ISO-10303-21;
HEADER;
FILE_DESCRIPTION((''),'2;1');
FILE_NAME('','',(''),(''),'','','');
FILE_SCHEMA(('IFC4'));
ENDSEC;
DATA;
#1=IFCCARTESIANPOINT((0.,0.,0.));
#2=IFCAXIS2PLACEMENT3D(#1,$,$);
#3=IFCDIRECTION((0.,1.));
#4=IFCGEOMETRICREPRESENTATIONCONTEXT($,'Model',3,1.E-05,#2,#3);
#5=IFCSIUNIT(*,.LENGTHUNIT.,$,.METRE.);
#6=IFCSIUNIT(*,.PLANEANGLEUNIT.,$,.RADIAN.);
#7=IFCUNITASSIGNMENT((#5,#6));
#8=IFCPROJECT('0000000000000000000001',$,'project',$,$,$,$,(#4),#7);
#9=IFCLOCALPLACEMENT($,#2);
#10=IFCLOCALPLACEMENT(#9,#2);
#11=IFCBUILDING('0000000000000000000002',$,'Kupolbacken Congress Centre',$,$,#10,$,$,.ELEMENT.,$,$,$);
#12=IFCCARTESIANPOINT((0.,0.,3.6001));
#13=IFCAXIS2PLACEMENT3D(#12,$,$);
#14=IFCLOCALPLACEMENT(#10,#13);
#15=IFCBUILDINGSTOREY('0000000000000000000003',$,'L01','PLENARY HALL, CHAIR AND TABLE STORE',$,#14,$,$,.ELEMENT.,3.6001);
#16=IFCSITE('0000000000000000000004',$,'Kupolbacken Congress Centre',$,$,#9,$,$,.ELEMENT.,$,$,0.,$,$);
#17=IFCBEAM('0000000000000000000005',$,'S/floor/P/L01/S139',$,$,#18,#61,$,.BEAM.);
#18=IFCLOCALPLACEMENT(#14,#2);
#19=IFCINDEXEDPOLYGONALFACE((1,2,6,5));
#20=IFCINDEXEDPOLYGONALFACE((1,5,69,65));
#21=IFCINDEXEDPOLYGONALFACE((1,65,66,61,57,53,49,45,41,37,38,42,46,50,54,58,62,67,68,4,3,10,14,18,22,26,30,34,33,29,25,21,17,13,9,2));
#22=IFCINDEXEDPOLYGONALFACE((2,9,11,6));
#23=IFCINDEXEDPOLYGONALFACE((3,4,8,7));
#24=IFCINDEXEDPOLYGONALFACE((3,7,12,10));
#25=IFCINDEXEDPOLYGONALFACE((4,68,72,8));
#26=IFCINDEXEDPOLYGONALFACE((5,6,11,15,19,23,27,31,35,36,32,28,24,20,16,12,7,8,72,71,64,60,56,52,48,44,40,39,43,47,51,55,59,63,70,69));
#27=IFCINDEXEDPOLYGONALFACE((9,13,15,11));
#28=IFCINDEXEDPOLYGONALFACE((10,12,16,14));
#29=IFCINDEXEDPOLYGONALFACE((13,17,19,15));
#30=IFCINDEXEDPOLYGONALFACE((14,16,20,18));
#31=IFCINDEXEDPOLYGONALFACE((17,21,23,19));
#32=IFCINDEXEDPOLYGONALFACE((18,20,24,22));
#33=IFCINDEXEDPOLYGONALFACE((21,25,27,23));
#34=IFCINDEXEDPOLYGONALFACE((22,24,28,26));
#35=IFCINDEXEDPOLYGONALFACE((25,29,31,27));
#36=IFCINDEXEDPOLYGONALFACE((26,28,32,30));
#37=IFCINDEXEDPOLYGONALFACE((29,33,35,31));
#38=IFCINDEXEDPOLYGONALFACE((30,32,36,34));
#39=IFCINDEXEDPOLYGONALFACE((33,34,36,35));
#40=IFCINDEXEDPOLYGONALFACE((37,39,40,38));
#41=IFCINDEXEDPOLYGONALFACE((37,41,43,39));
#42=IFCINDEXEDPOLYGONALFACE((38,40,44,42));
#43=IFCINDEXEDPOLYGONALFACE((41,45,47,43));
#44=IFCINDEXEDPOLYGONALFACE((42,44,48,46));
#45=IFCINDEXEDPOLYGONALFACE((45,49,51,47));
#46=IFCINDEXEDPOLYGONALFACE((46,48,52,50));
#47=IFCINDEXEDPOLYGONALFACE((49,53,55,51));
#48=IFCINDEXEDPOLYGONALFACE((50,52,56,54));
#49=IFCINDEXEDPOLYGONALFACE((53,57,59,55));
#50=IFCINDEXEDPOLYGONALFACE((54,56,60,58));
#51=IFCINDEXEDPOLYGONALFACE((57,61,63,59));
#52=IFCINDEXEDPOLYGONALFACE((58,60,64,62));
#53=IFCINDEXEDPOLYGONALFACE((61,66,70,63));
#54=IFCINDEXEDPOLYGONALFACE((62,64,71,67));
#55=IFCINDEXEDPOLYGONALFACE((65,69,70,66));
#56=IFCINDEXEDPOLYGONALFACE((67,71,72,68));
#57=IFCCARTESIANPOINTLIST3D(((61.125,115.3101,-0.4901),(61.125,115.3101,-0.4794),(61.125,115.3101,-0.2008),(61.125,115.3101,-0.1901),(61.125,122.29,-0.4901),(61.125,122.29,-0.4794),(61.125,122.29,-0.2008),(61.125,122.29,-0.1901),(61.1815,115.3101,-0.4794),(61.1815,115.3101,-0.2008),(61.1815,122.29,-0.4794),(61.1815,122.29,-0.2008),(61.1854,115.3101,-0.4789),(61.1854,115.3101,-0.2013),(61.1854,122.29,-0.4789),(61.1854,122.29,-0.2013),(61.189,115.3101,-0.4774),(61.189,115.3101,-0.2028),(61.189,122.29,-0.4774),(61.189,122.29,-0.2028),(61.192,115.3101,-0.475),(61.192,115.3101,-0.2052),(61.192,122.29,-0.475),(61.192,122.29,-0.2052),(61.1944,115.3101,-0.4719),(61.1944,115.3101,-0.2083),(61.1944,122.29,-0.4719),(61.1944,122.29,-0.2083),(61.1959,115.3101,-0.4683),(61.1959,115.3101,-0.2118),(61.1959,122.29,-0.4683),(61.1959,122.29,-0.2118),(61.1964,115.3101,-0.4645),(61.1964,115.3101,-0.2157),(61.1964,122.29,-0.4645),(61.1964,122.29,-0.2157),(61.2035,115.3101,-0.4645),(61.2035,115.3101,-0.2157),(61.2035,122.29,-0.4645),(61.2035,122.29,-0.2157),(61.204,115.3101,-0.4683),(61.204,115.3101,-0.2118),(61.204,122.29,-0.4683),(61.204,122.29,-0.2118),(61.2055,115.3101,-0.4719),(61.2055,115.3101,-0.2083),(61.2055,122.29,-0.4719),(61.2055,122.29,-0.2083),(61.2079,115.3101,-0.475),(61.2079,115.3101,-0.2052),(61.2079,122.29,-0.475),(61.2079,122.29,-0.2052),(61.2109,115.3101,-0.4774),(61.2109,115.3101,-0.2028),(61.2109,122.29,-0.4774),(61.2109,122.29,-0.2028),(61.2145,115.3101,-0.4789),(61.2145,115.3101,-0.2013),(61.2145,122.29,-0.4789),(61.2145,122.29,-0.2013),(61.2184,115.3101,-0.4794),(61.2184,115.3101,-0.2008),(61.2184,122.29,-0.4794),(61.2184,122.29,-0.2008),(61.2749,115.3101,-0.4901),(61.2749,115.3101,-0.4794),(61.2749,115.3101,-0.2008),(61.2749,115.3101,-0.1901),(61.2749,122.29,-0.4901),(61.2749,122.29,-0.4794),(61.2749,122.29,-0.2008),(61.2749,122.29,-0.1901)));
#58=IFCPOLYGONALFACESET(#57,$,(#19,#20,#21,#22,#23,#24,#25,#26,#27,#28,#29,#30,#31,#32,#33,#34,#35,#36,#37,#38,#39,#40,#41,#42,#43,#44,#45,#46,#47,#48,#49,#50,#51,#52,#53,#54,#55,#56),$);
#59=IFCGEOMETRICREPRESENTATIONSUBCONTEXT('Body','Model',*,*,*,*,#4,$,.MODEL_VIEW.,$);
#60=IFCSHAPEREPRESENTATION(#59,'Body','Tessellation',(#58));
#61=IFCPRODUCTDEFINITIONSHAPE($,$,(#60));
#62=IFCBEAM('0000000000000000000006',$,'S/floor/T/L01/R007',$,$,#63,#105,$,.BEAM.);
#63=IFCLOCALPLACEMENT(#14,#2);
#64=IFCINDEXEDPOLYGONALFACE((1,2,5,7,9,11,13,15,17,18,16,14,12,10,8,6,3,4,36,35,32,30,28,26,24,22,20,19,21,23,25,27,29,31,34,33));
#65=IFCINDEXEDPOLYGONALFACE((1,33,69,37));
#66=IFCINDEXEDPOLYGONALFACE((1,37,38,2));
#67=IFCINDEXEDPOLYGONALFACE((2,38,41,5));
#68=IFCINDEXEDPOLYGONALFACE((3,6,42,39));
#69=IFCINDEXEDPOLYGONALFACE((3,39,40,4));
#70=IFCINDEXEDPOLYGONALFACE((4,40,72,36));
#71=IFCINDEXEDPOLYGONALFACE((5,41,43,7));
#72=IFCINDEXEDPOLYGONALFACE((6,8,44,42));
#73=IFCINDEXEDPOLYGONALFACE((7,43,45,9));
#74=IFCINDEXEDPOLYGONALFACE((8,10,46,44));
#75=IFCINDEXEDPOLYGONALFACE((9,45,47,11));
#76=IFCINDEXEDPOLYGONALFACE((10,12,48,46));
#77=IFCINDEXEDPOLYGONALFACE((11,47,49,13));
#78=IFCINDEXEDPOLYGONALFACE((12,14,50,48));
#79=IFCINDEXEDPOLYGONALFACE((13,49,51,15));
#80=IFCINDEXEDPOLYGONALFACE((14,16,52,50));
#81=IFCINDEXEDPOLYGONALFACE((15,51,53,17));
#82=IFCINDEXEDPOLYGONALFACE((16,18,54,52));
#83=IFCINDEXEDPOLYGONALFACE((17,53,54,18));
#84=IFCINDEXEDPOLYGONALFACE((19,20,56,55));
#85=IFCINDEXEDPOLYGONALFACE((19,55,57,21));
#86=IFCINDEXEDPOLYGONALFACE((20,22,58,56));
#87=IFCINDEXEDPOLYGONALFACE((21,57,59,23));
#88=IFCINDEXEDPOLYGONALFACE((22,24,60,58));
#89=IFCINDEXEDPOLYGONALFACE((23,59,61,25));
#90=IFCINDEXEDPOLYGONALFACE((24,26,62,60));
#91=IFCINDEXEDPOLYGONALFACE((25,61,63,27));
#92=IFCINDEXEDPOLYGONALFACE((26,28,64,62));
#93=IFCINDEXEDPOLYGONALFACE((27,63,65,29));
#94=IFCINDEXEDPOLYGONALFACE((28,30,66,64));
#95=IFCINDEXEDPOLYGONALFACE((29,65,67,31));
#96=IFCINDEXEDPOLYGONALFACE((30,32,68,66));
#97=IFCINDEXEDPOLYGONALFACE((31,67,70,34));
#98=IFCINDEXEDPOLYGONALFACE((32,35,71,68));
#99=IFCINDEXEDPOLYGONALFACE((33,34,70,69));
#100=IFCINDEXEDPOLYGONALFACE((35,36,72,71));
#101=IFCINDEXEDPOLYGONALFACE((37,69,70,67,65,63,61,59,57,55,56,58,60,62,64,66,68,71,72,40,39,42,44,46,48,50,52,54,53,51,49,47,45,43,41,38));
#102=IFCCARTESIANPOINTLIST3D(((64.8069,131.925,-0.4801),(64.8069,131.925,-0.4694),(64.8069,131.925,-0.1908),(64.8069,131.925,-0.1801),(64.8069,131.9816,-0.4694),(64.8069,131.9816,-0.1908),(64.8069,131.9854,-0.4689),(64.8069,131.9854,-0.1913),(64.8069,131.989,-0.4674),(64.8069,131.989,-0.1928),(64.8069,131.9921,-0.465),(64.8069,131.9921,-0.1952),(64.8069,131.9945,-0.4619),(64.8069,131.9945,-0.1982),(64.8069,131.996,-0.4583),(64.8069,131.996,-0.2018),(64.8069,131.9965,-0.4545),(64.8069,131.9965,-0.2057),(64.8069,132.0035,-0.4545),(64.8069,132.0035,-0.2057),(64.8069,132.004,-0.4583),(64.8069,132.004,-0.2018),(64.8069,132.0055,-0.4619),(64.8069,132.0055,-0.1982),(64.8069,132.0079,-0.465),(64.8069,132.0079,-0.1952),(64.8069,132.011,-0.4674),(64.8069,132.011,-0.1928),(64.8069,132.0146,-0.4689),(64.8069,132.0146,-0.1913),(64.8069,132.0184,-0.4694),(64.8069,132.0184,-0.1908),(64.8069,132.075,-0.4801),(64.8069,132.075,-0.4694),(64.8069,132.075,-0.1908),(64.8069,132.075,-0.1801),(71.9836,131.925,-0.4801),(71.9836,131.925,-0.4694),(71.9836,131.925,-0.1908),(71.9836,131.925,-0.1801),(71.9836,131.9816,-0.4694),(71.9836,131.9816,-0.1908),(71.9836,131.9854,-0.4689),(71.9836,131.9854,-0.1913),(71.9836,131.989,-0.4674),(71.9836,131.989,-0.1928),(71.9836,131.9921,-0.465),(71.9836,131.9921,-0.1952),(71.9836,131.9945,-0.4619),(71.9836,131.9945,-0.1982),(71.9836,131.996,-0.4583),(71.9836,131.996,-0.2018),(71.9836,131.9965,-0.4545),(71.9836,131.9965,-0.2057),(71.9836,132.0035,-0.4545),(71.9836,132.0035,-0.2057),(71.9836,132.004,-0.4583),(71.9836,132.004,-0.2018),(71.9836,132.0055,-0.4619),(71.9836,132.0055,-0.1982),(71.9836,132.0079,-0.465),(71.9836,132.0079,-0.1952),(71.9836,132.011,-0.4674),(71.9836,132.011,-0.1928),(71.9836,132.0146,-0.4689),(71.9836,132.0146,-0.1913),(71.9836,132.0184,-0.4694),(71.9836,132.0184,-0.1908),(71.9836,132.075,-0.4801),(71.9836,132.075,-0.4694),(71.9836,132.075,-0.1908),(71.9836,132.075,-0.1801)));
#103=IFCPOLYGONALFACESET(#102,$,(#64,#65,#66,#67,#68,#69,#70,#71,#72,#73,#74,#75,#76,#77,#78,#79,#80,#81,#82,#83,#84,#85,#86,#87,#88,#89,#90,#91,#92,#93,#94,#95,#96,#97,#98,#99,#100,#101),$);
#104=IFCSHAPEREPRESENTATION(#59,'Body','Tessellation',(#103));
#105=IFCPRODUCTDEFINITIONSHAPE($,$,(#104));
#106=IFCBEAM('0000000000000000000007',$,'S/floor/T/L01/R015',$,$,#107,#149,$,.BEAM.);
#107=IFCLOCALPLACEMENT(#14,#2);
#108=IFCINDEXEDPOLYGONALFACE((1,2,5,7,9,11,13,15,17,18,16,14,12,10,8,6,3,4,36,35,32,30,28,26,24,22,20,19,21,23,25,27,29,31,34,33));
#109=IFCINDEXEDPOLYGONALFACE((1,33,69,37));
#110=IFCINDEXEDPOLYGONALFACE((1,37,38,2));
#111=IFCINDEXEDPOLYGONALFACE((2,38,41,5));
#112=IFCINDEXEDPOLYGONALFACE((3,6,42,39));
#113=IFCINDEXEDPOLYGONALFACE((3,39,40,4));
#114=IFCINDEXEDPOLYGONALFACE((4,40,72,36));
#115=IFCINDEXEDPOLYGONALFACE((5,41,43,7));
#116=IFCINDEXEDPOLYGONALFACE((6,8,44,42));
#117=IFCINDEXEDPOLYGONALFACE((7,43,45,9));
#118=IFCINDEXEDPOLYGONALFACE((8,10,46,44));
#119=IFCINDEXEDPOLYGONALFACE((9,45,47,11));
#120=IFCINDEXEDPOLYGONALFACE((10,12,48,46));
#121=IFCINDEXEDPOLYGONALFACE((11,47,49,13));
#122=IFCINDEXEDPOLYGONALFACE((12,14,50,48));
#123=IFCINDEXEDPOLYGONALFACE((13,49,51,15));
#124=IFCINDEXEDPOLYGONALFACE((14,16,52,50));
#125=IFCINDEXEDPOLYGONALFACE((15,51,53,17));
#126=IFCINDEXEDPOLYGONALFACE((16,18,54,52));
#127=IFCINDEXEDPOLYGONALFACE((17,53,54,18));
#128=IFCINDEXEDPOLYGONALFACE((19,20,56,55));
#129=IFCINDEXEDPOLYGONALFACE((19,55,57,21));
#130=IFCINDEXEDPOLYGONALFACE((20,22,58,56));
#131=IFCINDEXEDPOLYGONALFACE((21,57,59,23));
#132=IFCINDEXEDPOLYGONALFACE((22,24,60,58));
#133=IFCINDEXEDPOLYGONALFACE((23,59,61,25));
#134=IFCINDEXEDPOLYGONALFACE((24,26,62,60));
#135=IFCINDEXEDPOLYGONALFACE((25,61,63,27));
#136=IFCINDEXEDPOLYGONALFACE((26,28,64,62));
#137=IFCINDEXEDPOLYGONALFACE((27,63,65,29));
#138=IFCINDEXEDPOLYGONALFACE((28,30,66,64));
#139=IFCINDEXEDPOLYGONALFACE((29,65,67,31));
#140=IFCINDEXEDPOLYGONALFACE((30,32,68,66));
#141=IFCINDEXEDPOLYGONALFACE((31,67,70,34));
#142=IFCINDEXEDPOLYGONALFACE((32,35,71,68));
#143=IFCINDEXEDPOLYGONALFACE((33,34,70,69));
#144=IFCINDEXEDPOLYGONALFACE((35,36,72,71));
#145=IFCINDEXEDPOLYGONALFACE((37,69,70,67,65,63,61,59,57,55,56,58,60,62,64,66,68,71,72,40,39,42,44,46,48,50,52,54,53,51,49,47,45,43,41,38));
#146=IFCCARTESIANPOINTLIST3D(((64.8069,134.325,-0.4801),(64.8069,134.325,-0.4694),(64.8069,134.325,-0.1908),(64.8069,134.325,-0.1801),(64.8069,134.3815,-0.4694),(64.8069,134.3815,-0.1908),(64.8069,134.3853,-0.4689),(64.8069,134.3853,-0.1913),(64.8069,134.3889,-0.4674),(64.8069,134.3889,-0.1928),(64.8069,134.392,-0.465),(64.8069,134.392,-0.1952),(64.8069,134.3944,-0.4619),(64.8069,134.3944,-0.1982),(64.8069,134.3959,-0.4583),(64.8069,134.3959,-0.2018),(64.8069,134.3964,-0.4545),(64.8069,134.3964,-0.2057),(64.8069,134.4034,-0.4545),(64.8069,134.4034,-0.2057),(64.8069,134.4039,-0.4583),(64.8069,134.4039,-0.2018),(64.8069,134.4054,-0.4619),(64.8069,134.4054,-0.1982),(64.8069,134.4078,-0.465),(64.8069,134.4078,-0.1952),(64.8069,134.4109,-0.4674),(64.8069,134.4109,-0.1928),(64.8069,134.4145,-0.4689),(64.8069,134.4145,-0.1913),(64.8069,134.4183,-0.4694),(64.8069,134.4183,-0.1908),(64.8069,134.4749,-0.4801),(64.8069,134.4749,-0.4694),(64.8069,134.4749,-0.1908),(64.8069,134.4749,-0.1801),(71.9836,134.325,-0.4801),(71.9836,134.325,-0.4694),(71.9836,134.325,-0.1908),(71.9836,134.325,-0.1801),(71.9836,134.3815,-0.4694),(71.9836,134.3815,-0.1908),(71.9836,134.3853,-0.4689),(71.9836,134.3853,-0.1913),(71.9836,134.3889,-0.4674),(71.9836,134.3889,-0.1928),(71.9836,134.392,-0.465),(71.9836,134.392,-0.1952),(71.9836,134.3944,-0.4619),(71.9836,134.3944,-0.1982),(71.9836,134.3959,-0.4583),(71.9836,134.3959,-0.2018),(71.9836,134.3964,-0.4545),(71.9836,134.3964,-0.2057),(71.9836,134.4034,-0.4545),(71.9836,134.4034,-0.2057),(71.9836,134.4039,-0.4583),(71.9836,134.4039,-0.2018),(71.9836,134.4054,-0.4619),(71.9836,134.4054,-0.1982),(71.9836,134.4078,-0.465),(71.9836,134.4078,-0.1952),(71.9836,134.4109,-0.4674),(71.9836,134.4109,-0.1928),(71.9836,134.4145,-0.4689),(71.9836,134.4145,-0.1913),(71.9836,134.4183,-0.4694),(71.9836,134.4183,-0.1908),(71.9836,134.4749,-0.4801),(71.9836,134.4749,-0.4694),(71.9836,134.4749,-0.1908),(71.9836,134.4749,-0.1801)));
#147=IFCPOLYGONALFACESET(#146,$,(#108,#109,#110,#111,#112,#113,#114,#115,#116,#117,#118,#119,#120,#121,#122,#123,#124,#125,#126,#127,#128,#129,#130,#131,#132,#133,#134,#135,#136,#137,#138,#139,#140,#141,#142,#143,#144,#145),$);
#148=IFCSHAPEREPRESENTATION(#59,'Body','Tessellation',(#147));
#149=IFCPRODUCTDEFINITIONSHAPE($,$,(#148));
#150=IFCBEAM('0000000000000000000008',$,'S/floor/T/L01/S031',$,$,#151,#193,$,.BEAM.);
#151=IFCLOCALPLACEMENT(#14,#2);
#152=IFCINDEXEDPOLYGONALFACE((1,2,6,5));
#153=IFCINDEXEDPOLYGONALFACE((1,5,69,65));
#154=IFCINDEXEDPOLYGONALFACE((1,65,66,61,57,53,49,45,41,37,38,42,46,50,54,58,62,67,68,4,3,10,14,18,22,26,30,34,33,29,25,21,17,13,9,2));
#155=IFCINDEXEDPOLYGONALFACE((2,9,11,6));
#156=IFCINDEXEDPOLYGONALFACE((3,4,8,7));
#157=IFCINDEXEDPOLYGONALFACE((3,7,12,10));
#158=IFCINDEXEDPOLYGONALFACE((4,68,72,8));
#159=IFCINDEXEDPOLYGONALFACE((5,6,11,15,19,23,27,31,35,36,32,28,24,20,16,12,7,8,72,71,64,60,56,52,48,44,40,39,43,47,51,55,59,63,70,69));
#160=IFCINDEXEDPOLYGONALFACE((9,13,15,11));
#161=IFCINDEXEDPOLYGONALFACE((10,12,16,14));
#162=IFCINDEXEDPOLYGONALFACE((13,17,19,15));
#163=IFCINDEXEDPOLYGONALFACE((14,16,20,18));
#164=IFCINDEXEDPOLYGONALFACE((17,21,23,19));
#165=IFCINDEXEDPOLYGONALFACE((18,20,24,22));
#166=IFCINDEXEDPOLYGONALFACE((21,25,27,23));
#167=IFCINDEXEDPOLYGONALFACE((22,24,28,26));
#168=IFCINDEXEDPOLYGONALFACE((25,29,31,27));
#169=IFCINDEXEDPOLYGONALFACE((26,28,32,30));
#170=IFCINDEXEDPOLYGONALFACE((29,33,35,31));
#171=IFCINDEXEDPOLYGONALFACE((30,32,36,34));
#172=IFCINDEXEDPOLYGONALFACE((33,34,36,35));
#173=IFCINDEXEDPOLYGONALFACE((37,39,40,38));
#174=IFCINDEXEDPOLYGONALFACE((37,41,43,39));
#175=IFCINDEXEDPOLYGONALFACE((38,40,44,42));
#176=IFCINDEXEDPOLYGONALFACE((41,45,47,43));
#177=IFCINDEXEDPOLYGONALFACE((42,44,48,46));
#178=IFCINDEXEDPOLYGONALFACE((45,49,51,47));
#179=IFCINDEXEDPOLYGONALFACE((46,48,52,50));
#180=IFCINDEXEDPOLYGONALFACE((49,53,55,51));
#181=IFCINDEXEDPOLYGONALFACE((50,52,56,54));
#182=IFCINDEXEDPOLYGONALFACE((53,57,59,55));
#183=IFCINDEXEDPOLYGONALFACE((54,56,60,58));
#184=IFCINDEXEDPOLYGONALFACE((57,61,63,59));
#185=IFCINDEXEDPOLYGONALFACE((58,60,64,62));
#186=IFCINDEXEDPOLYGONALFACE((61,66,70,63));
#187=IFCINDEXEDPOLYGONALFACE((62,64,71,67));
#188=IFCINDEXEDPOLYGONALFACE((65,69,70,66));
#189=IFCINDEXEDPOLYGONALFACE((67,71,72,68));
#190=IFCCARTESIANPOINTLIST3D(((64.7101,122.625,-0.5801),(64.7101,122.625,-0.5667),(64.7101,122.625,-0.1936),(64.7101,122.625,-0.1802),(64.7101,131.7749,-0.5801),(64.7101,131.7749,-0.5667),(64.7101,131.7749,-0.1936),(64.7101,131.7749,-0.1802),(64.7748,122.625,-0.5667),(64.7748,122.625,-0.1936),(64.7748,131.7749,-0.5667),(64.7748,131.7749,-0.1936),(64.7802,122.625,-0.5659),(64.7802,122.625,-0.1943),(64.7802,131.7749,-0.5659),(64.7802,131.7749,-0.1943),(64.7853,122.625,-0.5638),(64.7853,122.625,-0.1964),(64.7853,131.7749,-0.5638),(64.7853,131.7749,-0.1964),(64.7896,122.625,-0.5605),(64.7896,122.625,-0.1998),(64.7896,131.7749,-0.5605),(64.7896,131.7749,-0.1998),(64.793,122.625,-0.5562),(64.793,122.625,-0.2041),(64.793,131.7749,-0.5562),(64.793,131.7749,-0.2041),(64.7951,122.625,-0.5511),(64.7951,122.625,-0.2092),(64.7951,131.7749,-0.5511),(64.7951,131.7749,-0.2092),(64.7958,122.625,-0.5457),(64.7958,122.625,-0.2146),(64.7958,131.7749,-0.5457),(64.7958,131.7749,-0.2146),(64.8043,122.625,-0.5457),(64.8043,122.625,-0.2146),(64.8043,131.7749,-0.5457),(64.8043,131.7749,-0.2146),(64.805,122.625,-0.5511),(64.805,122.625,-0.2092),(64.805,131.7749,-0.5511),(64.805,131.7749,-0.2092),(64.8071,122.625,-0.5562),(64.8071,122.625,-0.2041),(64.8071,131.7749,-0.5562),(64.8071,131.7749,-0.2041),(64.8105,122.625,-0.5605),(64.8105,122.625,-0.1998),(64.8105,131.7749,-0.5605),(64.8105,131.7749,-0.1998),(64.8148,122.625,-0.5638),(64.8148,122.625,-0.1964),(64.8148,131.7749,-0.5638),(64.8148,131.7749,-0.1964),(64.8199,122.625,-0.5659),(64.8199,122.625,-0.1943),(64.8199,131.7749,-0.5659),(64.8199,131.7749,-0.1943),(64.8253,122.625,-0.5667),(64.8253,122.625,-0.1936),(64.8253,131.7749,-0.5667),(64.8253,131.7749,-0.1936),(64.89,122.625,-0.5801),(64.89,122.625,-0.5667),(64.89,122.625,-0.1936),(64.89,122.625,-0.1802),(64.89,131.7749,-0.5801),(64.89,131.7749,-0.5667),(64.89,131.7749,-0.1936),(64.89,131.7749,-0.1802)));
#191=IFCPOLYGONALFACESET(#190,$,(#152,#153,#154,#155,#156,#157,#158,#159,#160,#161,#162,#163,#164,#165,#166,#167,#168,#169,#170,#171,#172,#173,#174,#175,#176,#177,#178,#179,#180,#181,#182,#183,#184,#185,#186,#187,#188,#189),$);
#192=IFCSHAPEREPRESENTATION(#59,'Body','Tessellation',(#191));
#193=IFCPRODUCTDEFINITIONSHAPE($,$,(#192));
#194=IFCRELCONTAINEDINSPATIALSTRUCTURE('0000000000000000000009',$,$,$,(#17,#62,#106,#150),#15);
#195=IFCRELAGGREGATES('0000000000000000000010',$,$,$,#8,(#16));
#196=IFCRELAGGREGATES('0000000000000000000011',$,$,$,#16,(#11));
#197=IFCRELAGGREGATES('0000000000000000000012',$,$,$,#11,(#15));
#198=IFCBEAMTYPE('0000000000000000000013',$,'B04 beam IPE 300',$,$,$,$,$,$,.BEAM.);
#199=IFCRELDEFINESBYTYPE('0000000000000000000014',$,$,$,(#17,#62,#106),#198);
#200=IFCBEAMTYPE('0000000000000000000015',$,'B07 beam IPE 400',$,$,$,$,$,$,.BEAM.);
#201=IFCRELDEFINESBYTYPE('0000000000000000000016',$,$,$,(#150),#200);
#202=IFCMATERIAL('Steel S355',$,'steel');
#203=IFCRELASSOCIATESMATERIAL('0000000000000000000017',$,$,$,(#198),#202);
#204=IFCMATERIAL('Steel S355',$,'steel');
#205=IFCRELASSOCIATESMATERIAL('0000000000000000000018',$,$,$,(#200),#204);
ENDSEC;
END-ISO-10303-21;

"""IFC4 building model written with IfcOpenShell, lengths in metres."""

from ifc_helpers import new_model, si_unit, direction, frame, origin, origin_2d, place, context, subcontext, project, spatial, i_section, extrude, material, material_profile, profile_set, type_object, element, save


model = new_model("IFC4")

# Units and contexts
model_context = context("Model", 3, precision=1e-05, world=origin(), true_north=direction((0.0, 1.0)))
body_context = subcontext(model_context, "Body", "Model", "MODEL_VIEW")
ifc_project = project(units=[si_unit("LENGTHUNIT", "METRE"), si_unit("PLANEANGLEUNIT", "RADIAN")], contexts=[model_context])

# Site, building, storey
site_placement = place(None, origin())
site = spatial("IfcSite", under=ifc_project, at=site_placement, Name="Kupolbacken Congress Centre", CompositionType="ELEMENT", RefElevation=0.0)
building_placement = place(site_placement, origin())
building = spatial("IfcBuilding", under=site, at=building_placement, Name="Kupolbacken Congress Centre", CompositionType="ELEMENT")
storey_placement = place(building_placement, frame((0.0, 0.0, 3.6001)))
storey = spatial("IfcBuildingStorey", under=building, at=storey_placement, Name="L01", Description="PLENARY HALL, CHAIR AND TABLE STORE", CompositionType="ELEMENT", Elevation=3.6001)

# Beams
ifc_material_1 = material(Name="Steel S355", Category="steel")
ifc_material_profile_1 = material_profile(ifc_material_1, i_section(OverallWidth=0.1499, OverallDepth=0.3, WebThickness=0.0071, FlangeThickness=0.0107, FilletRadius=0.0149, at=origin_2d()), Name="IPE 300")
ifc_profile_set_1 = profile_set([ifc_material_profile_1], Name="Steel S355")
beam_type_1 = type_object("IfcBeamType", Name="B04 beam IPE 300", PredefinedType="BEAM", material=ifc_profile_set_1)
for number, where, z_axis, x_axis, name in (
    (1, (61.2, 115.3101, -0.3401), (0.0, 1.0, 0.0), (-1.0, 0.0, 0.0), "S/floor/P/L01/S139"),
):
    element("IfcBeam", number, at=place(storey_placement, frame(where, z_axis=z_axis, x_axis=x_axis)), inside=storey, type_object=beam_type_1, Name=name, PredefinedType="BEAM", context=body_context, shape_type="SweptSolid", body=[
        extrude(i_section(OverallWidth=0.1499, OverallDepth=0.3, WebThickness=0.0071, FlangeThickness=0.0107, FilletRadius=0.0149, at=origin_2d()), origin(), (0.0, 0.0, 1.0), 6.98),
    ])
for number, where, z_axis, x_axis, name in (
    (2, (64.8069, 132.0, -0.3301), (1.0, 0.0, 0.0), (0.0, 1.0, 0.0), "S/floor/T/L01/R007"),
    (3, (64.8069, 134.3999, -0.3301), (1.0, 0.0, 0.0), (0.0, 1.0, 0.0), "S/floor/T/L01/R015"),
):
    element("IfcBeam", number, at=place(storey_placement, frame(where, z_axis=z_axis, x_axis=x_axis)), inside=storey, type_object=beam_type_1, Name=name, PredefinedType="BEAM", context=body_context, shape_type="SweptSolid", body=[
        extrude(i_section(OverallWidth=0.1499, OverallDepth=0.3, WebThickness=0.0071, FlangeThickness=0.0107, FilletRadius=0.0149, at=origin_2d()), origin(), (0.0, 0.0, 1.0), 7.1768),
    ])
ifc_material_2 = material(Name="Steel S355", Category="steel")
ifc_material_profile_2 = material_profile(ifc_material_2, i_section(OverallWidth=0.1799, OverallDepth=0.3999, WebThickness=0.0085, FlangeThickness=0.0134, FilletRadius=0.021, at=origin_2d()), Name="IPE 400")
ifc_profile_set_2 = profile_set([ifc_material_profile_2], Name="Steel S355")
beam_type_2 = type_object("IfcBeamType", Name="B07 beam IPE 400", PredefinedType="BEAM", material=ifc_profile_set_2)
beam_1_placement = place(storey_placement, frame((64.8, 122.625, -0.3801), z_axis=(0.0, 1.0, 0.0), x_axis=(-1.0, 0.0, 0.0)))
element("IfcBeam", 4, at=beam_1_placement, inside=storey, type_object=beam_type_2, Name="S/floor/T/L01/S031", PredefinedType="BEAM", context=body_context, shape_type="SweptSolid", body=[
    extrude(i_section(OverallWidth=0.1799, OverallDepth=0.3999, WebThickness=0.0085, FlangeThickness=0.0134, FilletRadius=0.021, at=origin_2d()), origin(), (0.0, 0.0, 1.0), 9.1499),
])

save(model, "model.ifc")
